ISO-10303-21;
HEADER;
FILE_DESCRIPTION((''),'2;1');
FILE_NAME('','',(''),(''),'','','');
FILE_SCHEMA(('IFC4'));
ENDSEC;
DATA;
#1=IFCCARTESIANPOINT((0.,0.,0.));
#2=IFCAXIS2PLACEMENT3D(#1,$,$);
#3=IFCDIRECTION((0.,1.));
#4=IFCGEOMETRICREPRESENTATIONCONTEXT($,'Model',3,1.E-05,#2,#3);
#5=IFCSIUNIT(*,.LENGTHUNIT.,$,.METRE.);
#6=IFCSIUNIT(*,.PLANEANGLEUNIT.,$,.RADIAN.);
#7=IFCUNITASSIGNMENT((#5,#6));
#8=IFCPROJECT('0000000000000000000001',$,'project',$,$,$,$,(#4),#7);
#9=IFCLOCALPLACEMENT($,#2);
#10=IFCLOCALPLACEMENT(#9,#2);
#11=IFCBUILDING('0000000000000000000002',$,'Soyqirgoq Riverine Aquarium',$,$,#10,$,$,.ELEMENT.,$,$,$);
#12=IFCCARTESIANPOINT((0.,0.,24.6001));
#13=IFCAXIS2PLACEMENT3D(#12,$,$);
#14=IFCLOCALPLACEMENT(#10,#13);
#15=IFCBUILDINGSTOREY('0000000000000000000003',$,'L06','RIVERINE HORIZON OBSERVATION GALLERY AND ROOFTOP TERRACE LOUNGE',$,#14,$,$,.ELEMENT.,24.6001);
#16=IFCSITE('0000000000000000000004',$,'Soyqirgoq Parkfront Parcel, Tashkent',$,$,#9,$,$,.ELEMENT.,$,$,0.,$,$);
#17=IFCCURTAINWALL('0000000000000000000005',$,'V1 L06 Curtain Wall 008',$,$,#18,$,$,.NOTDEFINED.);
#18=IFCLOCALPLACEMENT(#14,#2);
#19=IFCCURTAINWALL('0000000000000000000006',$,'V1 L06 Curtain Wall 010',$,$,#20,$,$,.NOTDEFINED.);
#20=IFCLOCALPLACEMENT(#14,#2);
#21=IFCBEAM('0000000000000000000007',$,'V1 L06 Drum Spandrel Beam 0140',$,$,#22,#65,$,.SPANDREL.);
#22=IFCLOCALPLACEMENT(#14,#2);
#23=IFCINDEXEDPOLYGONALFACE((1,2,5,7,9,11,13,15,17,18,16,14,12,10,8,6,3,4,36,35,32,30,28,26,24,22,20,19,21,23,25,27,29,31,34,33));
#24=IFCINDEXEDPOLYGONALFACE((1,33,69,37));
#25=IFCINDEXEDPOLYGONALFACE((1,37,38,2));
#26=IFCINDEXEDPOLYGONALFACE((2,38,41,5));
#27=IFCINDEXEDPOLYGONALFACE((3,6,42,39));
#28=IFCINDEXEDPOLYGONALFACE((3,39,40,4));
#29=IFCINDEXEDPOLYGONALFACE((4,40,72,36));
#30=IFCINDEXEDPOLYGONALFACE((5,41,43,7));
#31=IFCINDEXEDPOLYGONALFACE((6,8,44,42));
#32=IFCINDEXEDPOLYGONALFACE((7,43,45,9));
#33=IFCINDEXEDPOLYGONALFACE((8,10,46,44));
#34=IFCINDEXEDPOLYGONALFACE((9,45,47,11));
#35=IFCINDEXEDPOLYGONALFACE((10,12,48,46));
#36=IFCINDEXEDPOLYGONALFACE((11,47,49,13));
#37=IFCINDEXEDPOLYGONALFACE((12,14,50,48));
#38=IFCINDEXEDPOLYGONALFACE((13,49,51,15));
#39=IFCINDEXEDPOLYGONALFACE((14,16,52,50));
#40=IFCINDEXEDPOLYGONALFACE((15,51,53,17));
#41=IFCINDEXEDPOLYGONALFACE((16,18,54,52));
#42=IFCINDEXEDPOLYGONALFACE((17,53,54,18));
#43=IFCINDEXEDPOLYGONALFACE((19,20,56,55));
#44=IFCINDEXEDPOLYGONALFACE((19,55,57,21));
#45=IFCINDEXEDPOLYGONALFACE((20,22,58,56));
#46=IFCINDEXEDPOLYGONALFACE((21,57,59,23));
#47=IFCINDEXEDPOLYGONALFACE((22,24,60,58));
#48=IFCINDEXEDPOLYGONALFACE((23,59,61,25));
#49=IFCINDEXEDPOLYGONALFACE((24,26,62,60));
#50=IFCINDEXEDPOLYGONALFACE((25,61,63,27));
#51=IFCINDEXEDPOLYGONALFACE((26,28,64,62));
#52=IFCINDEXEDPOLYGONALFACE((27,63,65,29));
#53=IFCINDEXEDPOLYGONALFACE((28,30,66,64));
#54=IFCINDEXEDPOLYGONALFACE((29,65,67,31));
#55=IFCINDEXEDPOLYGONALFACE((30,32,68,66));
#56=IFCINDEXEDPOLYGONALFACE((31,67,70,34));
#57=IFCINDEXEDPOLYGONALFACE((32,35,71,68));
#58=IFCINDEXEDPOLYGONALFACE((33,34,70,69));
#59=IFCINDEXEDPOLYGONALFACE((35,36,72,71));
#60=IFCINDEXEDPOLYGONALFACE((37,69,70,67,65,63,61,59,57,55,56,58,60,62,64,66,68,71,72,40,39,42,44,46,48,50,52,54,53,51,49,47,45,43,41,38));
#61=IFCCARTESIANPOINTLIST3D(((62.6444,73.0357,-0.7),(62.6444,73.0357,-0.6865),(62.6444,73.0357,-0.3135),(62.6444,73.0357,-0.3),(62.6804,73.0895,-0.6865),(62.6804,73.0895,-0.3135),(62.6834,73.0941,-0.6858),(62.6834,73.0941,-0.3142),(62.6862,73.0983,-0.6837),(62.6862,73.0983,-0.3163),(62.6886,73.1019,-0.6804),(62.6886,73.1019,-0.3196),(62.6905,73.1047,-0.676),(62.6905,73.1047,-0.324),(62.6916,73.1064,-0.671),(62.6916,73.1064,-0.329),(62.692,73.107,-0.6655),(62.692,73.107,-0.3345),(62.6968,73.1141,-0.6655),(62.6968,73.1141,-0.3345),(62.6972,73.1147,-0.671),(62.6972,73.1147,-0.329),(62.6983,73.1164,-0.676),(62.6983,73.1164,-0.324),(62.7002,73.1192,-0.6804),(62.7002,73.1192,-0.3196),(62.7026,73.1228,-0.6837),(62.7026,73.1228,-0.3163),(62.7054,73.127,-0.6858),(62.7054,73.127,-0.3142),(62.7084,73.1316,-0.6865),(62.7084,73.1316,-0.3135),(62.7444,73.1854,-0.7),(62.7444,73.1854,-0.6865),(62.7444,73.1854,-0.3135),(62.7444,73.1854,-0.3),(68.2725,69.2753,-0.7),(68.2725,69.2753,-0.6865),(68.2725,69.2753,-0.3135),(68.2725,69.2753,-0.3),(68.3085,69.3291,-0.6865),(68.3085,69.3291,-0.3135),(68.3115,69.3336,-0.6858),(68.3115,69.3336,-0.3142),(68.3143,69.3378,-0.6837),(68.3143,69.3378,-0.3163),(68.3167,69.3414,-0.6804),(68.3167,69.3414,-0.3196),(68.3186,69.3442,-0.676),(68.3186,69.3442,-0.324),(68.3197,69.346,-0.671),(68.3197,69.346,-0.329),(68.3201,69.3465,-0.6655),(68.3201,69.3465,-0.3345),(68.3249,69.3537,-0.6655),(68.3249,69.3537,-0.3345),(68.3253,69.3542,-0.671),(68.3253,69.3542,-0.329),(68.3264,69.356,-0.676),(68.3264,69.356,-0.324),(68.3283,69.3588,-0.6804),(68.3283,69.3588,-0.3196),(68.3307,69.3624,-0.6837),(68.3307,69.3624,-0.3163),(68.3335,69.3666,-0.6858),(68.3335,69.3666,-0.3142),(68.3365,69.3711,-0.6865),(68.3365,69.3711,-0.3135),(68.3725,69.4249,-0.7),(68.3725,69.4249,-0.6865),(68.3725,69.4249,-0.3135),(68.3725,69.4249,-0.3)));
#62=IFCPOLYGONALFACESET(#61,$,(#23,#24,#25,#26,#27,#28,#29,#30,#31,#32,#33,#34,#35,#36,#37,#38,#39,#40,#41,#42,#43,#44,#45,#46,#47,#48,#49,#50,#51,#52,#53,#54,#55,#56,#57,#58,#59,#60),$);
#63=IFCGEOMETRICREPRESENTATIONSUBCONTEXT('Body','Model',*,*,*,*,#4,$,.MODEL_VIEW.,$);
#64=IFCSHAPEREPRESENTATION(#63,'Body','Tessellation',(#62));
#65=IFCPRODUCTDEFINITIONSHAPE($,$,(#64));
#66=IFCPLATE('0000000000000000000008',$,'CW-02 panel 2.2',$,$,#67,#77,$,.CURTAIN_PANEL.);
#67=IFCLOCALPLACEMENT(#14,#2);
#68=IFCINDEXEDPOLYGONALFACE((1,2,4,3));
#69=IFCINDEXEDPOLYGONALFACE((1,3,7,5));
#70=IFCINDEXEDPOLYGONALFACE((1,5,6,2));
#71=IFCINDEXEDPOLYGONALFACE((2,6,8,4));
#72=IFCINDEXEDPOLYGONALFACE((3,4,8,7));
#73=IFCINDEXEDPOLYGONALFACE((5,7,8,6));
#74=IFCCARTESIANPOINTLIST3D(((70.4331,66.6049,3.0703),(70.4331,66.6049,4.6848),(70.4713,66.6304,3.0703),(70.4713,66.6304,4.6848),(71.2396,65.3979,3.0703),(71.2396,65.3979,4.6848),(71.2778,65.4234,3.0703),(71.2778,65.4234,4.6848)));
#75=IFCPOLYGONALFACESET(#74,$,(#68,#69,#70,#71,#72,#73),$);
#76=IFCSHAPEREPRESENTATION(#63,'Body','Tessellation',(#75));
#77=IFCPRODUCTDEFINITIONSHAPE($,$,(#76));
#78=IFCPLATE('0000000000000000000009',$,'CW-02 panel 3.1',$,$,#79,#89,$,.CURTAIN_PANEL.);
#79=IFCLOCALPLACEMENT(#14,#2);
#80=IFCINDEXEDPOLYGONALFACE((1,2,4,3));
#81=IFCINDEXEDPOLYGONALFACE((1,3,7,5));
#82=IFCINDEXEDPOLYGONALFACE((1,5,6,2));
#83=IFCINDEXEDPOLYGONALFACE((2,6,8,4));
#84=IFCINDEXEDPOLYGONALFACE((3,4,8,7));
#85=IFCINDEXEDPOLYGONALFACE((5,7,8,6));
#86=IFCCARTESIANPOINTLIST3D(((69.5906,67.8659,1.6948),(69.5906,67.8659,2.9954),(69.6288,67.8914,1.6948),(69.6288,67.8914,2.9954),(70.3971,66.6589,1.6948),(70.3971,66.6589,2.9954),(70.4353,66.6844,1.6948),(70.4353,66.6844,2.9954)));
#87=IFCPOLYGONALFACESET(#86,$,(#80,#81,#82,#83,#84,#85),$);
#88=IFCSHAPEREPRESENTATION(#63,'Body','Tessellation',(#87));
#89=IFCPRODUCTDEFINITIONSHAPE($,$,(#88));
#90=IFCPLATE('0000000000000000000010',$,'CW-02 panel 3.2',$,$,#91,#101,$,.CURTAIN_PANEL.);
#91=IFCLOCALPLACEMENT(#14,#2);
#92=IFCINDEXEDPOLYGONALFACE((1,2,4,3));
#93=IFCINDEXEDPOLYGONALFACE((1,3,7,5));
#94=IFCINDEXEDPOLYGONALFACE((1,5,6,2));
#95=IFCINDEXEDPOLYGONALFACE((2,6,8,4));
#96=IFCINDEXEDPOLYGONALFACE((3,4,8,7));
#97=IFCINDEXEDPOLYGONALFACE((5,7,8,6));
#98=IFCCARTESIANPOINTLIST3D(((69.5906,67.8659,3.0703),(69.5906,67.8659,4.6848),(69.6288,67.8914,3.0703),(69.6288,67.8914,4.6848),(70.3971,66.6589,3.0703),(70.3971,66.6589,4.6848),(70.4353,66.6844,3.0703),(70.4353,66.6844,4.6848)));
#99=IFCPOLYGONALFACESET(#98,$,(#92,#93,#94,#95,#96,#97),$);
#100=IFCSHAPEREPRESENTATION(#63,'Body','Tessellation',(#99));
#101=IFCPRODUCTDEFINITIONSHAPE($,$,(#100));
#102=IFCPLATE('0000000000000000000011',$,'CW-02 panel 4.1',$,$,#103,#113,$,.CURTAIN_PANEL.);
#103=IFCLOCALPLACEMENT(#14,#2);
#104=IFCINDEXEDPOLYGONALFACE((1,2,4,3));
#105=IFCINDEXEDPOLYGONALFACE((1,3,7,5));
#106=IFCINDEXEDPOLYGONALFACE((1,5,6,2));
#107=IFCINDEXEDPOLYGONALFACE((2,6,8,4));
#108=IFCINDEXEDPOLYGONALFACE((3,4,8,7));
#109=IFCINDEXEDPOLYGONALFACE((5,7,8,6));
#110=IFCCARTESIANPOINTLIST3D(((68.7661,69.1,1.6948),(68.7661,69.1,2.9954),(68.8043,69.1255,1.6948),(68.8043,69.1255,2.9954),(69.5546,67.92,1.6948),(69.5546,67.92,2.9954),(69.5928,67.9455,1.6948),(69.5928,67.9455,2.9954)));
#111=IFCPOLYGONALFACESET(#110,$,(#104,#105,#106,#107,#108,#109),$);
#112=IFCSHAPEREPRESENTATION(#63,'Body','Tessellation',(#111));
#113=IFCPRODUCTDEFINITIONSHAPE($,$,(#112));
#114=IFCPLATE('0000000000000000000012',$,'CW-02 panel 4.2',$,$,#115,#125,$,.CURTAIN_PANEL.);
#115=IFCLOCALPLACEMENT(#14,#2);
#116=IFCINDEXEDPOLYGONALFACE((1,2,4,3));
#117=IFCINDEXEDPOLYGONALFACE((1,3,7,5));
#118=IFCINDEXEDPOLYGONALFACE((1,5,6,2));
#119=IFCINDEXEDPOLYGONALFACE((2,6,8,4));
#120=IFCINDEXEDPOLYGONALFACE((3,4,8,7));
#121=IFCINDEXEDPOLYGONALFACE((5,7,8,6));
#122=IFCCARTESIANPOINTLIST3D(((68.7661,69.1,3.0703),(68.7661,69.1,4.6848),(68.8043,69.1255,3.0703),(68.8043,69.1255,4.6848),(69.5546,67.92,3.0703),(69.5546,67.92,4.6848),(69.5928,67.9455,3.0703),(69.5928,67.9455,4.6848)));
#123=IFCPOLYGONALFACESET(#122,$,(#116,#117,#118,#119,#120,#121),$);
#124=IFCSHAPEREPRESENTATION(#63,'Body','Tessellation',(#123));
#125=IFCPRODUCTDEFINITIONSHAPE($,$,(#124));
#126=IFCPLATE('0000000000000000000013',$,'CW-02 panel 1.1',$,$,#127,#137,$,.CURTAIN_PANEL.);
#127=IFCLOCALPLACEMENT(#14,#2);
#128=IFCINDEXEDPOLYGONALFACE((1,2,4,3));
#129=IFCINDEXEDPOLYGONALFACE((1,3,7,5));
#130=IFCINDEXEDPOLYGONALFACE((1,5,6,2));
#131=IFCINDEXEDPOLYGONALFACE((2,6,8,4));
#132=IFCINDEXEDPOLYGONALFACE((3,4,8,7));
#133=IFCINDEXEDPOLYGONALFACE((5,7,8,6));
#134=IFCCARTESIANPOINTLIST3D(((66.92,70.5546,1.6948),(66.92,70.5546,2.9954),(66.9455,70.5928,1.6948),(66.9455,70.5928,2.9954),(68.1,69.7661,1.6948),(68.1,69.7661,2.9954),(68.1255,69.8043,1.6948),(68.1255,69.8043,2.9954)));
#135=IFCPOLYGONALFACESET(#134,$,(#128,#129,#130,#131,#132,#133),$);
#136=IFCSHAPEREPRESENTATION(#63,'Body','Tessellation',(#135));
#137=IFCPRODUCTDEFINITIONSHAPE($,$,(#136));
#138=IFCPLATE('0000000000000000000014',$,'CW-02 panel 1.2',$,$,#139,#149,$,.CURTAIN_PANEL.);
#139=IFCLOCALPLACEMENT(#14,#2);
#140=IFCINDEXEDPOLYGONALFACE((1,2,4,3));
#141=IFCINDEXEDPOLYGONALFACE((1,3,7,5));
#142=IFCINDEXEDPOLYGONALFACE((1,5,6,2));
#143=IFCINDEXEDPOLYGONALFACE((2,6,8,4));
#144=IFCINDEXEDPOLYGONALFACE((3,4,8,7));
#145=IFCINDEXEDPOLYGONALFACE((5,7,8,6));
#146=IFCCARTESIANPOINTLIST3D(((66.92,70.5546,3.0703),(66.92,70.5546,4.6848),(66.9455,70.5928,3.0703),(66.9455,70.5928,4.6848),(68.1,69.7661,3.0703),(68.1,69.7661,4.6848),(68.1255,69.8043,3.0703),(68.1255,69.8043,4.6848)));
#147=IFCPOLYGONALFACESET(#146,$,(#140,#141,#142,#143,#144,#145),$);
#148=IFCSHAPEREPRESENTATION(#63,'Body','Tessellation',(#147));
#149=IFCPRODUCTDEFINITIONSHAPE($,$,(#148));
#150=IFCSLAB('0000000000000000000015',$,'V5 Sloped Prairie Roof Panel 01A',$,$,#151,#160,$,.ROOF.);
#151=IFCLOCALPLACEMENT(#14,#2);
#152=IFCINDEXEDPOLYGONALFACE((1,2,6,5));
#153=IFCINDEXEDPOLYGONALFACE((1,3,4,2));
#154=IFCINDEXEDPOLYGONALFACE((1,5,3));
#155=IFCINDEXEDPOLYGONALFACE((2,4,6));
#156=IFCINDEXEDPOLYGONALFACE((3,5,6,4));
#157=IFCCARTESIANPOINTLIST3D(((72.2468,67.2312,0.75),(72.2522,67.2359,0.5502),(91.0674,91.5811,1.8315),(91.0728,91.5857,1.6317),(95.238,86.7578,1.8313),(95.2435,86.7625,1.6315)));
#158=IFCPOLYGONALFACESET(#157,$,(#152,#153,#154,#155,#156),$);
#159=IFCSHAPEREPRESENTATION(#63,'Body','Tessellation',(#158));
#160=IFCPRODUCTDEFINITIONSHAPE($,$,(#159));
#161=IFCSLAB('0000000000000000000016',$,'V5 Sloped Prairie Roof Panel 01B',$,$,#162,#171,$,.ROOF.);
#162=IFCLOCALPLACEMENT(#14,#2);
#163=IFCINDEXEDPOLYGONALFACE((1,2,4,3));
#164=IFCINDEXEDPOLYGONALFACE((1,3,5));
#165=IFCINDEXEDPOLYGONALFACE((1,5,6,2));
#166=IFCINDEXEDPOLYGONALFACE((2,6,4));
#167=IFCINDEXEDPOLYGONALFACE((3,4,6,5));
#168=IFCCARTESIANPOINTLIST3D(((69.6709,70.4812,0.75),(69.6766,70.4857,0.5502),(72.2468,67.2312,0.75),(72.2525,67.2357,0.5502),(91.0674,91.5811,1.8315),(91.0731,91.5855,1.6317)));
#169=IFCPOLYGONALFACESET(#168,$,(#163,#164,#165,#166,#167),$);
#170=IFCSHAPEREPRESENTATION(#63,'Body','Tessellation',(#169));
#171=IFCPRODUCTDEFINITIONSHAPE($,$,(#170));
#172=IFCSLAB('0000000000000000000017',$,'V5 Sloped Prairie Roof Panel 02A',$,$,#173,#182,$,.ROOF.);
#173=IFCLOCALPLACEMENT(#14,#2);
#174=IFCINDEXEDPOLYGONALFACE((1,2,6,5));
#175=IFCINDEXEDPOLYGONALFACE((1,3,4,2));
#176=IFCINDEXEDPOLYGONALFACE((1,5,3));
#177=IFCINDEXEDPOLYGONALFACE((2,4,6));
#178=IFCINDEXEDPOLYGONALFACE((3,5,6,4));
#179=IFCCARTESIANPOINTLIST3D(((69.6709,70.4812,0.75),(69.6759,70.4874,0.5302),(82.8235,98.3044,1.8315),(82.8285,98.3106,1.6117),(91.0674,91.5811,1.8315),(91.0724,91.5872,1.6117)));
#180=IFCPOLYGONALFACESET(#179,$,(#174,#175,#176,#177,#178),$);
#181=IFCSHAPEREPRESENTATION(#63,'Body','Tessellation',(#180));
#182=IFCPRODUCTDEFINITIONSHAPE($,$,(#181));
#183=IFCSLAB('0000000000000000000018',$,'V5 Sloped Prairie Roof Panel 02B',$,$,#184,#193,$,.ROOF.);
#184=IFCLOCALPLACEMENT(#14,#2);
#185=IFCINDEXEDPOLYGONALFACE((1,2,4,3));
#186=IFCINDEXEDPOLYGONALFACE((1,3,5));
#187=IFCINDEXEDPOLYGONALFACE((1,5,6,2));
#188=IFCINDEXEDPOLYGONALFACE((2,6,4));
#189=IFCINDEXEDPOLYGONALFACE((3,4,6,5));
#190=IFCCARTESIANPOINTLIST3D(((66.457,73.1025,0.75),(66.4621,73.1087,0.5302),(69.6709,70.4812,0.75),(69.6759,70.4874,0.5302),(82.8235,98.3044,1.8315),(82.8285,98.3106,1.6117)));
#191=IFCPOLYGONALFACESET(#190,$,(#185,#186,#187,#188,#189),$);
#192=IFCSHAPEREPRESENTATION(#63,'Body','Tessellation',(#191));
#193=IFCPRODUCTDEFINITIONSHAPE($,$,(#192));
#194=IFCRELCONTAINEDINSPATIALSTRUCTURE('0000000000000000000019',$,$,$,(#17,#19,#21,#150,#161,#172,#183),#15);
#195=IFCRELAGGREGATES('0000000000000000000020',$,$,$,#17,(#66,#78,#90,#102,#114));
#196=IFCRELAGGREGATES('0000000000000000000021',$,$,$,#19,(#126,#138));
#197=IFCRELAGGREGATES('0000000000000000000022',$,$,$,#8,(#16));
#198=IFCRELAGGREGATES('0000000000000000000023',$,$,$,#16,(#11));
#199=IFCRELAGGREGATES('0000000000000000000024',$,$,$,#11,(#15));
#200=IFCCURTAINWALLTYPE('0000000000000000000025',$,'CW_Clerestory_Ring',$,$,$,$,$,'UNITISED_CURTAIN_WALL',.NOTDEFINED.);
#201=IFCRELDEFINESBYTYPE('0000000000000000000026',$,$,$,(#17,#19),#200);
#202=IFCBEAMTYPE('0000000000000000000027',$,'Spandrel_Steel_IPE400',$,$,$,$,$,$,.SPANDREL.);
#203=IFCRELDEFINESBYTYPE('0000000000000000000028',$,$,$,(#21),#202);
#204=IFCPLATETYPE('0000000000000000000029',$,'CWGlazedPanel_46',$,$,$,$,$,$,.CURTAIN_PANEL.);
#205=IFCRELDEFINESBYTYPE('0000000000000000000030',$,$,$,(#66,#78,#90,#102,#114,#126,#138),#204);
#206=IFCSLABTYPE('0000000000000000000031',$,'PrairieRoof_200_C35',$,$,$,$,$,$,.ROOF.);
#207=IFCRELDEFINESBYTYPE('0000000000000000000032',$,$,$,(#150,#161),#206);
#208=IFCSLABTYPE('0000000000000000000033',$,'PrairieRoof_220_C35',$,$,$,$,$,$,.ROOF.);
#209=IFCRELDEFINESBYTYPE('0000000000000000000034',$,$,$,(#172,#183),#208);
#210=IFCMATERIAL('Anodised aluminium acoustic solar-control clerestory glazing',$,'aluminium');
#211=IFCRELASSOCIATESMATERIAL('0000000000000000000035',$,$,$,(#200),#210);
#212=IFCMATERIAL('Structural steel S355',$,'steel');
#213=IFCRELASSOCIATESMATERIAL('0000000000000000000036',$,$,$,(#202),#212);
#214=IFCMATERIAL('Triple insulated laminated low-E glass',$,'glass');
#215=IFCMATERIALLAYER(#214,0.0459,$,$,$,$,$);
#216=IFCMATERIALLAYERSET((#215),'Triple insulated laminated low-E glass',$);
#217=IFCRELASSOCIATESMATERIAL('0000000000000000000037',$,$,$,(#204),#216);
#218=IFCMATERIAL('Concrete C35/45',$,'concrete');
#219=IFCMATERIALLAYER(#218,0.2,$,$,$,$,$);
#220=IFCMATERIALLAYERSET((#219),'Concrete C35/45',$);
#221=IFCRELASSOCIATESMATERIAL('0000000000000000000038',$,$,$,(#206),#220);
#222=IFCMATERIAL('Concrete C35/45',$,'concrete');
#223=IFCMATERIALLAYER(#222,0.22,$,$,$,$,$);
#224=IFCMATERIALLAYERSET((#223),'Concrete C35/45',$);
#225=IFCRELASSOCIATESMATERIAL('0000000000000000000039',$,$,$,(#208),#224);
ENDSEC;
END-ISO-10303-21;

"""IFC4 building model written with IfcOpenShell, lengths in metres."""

from ifc_helpers import new_model, si_unit, direction, frame, origin, origin_2d, place, context, subcontext, project, spatial, polyline, rectangle, i_section, outline, extrude, material, layer, layer_set, material_profile, profile_set, type_object, element, aggregate, save


model = new_model("IFC4")

# Units and contexts
model_context = context("Model", 3, precision=1e-05, world=origin(), true_north=direction((0.0, 1.0)))
body_context = subcontext(model_context, "Body", "Model", "MODEL_VIEW")
ifc_project = project(units=[si_unit("LENGTHUNIT", "METRE"), si_unit("PLANEANGLEUNIT", "RADIAN")], contexts=[model_context])

# Site, building, storey
site_placement = place(None, origin())
site = spatial("IfcSite", under=ifc_project, at=site_placement, Name="Soyqirgoq Parkfront Parcel, Tashkent", CompositionType="ELEMENT", RefElevation=0.0)
building_placement = place(site_placement, origin())
building = spatial("IfcBuilding", under=site, at=building_placement, Name="Soyqirgoq Riverine Aquarium", CompositionType="ELEMENT")
storey_placement = place(building_placement, frame((0.0, 0.0, 24.6001)))
storey = spatial("IfcBuildingStorey", under=building, at=storey_placement, Name="L06", Description="RIVERINE HORIZON OBSERVATION GALLERY AND ROOFTOP TERRACE LOUNGE", CompositionType="ELEMENT", Elevation=24.6001)

# Curtain walls
ifc_material_1 = material(Name="Anodised aluminium acoustic solar-control clerestory glazing", Category="aluminium")
curtain_wall_type = type_object("IfcCurtainWallType", Name="CW_Clerestory_Ring", ElementType="UNITISED_CURTAIN_WALL", PredefinedType="NOTDEFINED", material=ifc_material_1)
curtain_wall_1_placement = place(storey_placement, origin())
curtain_wall_1 = element("IfcCurtainWall", 1, at=curtain_wall_1_placement, inside=storey, type_object=curtain_wall_type, Name="V1 L06 Curtain Wall 008", PredefinedType="NOTDEFINED")
curtain_wall_2_placement = place(storey_placement, origin())
curtain_wall_2 = element("IfcCurtainWall", 2, at=curtain_wall_2_placement, inside=storey, type_object=curtain_wall_type, Name="V1 L06 Curtain Wall 010", PredefinedType="NOTDEFINED")

# Beam
ifc_material_2 = material(Name="Structural steel S355", Category="steel")
ifc_material_profile_1 = material_profile(ifc_material_2, i_section(OverallWidth=0.1799, OverallDepth=0.3999, WebThickness=0.0085, FlangeThickness=0.0134, FilletRadius=0.021, at=origin_2d()), Name="IPE 400")
ifc_profile_set_1 = profile_set([ifc_material_profile_1], Name="Structural steel S355")
beam_type_1 = type_object("IfcBeamType", Name="Spandrel_Steel_IPE400", PredefinedType="SPANDREL", material=ifc_profile_set_1)
beam_1_placement = place(storey_placement, frame((68.3225, 69.3501, -0.5), z_axis=(-0.831478, 0.555557, 0.0), x_axis=(-0.555557, -0.831478, 0.0)))
element("IfcBeam", 3, at=beam_1_placement, inside=storey, type_object=beam_type_1, Name="V1 L06 Drum Spandrel Beam 0140", PredefinedType="SPANDREL", context=body_context, shape_type="SweptSolid", body=[
    extrude(i_section(OverallWidth=0.1799, OverallDepth=0.3999, WebThickness=0.0085, FlangeThickness=0.0134, FilletRadius=0.021, at=origin_2d()), origin(), (0.0, 0.0, 1.0), 6.7688),
])

# Plates
ifc_material_3 = material(Name="Triple insulated laminated low-E glass", Category="glass")
ifc_layer_1 = layer(ifc_material_3, 0.0459)
ifc_layer_set_1 = layer_set([ifc_layer_1], Name="Triple insulated laminated low-E glass")
plate_type = type_object("IfcPlateType", Name="CWGlazedPanel_46", PredefinedType="CURTAIN_PANEL", material=ifc_layer_set_1)
plate_1_placement = place(storey_placement, frame((70.8555, 66.0142, 3.0703), z_axis=(0.0, 0.0, 1.0), x_axis=(-0.555579, 0.831464, 0.0)))
plate_1 = element("IfcPlate", 4, at=plate_1_placement, type_object=plate_type, Name="CW-02 panel 2.2", PredefinedType="CURTAIN_PANEL", context=body_context, shape_type="SweptSolid", body=[
    extrude(rectangle(XDim=1.4517, YDim=0.0459, at=origin_2d()), origin(), (0.0, 0.0, 1.0), 1.6145),
])
plate_2_placement = place(storey_placement, frame((70.0129, 67.2751, 1.6948), z_axis=(0.0, 0.0, 1.0), x_axis=(-0.555579, 0.831464, 0.0)))
plate_2 = element("IfcPlate", 5, at=plate_2_placement, type_object=plate_type, Name="CW-02 panel 3.1", PredefinedType="CURTAIN_PANEL", context=body_context, shape_type="SweptSolid", body=[
    extrude(rectangle(XDim=1.4517, YDim=0.0459, at=origin_2d()), origin(), (0.0, 0.0, 1.0), 1.3005),
])
plate_3_placement = place(storey_placement, frame((70.0129, 67.2751, 3.0703), z_axis=(0.0, 0.0, 1.0), x_axis=(-0.555579, 0.831464, 0.0)))
plate_3 = element("IfcPlate", 6, at=plate_3_placement, type_object=plate_type, Name="CW-02 panel 3.2", PredefinedType="CURTAIN_PANEL", context=body_context, shape_type="SweptSolid", body=[
    extrude(rectangle(XDim=1.4517, YDim=0.0459, at=origin_2d()), origin(), (0.0, 0.0, 1.0), 1.6145),
])
plate_4_placement = place(storey_placement, frame((69.1794, 68.5227, 1.6948), z_axis=(0.0, 0.0, 1.0), x_axis=(-0.555579, 0.831464, 0.0)))
plate_4 = element("IfcPlate", 7, at=plate_4_placement, type_object=plate_type, Name="CW-02 panel 4.1", PredefinedType="CURTAIN_PANEL", context=body_context, shape_type="SweptSolid", body=[
    extrude(rectangle(XDim=1.4192, YDim=0.0459, at=origin_2d()), origin(), (0.0, 0.0, 1.0), 1.3005),
])
plate_5_placement = place(storey_placement, frame((69.1794, 68.5227, 3.0703), z_axis=(0.0, 0.0, 1.0), x_axis=(-0.555579, 0.831464, 0.0)))
plate_5 = element("IfcPlate", 8, at=plate_5_placement, type_object=plate_type, Name="CW-02 panel 4.2", PredefinedType="CURTAIN_PANEL", context=body_context, shape_type="SweptSolid", body=[
    extrude(rectangle(XDim=1.4192, YDim=0.0459, at=origin_2d()), origin(), (0.0, 0.0, 1.0), 1.6145),
])
aggregate(curtain_wall_1, [plate_1, plate_2, plate_3, plate_4, plate_5])
plate_6_placement = place(storey_placement, frame((67.5227, 70.1794, 1.6948), z_axis=(0.0, 0.0, 1.0), x_axis=(-0.831464, 0.555579, 0.0)))
plate_6 = element("IfcPlate", 9, at=plate_6_placement, type_object=plate_type, Name="CW-02 panel 1.1", PredefinedType="CURTAIN_PANEL", context=body_context, shape_type="SweptSolid", body=[
    extrude(rectangle(XDim=1.4192, YDim=0.0459, at=origin_2d()), origin(), (0.0, 0.0, 1.0), 1.3005),
])
plate_7_placement = place(storey_placement, frame((67.5227, 70.1794, 3.0703), z_axis=(0.0, 0.0, 1.0), x_axis=(-0.831464, 0.555579, 0.0)))
plate_7 = element("IfcPlate", 10, at=plate_7_placement, type_object=plate_type, Name="CW-02 panel 1.2", PredefinedType="CURTAIN_PANEL", context=body_context, shape_type="SweptSolid", body=[
    extrude(rectangle(XDim=1.4192, YDim=0.0459, at=origin_2d()), origin(), (0.0, 0.0, 1.0), 1.6145),
])
aggregate(curtain_wall_2, [plate_6, plate_7])

# Slabs
ifc_material_4 = material(Name="Concrete C35/45", Category="concrete")
ifc_layer_2 = layer(ifc_material_4, 0.2)
ifc_layer_set_2 = layer_set([ifc_layer_2], Name="Concrete C35/45")
slab_type_1 = type_object("IfcSlabType", Name="PrairieRoof_200_C35", PredefinedType="ROOF", material=ifc_layer_set_2)
slab_1_placement = place(storey_placement, frame((72.2468, 67.2312, 0.75), z_axis=(-0.027074, -0.023462, 0.999358), x_axis=(0.76171, 0.646926, 0.035824)))
element("IfcSlab", 11, at=slab_1_placement, inside=storey, type_object=slab_type_1, Name="V5 Sloped Prairie Roof Panel 01A", PredefinedType="ROOF", context=body_context, shape_type="SweptSolid", body=[
    extrude(outline(polyline([(0.0, 0.0), (30.1837, 0.0), (30.1271, 6.3761), (0.0, 0.0)])), origin(), (0.0, 0.0, -1.0), 0.2),
])
slab_2_placement = place(storey_placement, frame((72.2468, 67.2312, 0.75), z_axis=(-0.028353, -0.022473, 0.999345), x_axis=(0.611167, 0.790722, 0.035121)))
element("IfcSlab", 12, at=slab_2_placement, inside=storey, type_object=slab_type_1, Name="V5 Sloped Prairie Roof Panel 01B", PredefinedType="ROOF", context=body_context, shape_type="SweptSolid", body=[
    extrude(outline(polyline([(0.0, 0.0), (30.7945, 0.0), (0.9955, 4.0258), (0.0, 0.0)])), origin(), (0.0, 0.0, -1.0), 0.2),
])
ifc_material_5 = material(Name="Concrete C35/45", Category="concrete")
ifc_layer_3 = layer(ifc_material_5, 0.22)
ifc_layer_set_3 = layer_set([ifc_layer_3], Name="Concrete C35/45")
slab_type_2 = type_object("IfcSlabType", Name="PrairieRoof_220_C35", PredefinedType="ROOF", material=ifc_layer_set_3)
slab_3_placement = place(storey_placement, frame((69.6709, 70.4812, 0.75), z_axis=(-0.022866, -0.028037, 0.999345), x_axis=(0.711564, 0.7017, 0.035968)))
element("IfcSlab", 13, at=slab_3_placement, inside=storey, type_object=slab_type_2, Name="V5 Sloped Prairie Roof Panel 02A", PredefinedType="ROOF", context=body_context, shape_type="SweptSolid", body=[
    extrude(outline(polyline([(0.0, 0.0), (30.0696, 0.0), (28.9214, 10.5758), (0.0, 0.0)])), origin(), (0.0, 0.0, -1.0), 0.22),
])
slab_4_placement = place(storey_placement, frame((69.6709, 70.4812, 0.75), z_axis=(-0.022868, -0.028037, 0.999345), x_axis=(0.42711, 0.903517, 0.035121)))
element("IfcSlab", 14, at=slab_4_placement, inside=storey, type_object=slab_type_2, Name="V5 Sloped Prairie Roof Panel 02B", PredefinedType="ROOF", context=body_context, shape_type="SweptSolid", body=[
    extrude(outline(polyline([(0.0, 0.0), (30.7944, 0.0), (0.9957, 4.026), (0.0, 0.0)])), origin(), (0.0, 0.0, -1.0), 0.22),
])

save(model, "model.ifc")
